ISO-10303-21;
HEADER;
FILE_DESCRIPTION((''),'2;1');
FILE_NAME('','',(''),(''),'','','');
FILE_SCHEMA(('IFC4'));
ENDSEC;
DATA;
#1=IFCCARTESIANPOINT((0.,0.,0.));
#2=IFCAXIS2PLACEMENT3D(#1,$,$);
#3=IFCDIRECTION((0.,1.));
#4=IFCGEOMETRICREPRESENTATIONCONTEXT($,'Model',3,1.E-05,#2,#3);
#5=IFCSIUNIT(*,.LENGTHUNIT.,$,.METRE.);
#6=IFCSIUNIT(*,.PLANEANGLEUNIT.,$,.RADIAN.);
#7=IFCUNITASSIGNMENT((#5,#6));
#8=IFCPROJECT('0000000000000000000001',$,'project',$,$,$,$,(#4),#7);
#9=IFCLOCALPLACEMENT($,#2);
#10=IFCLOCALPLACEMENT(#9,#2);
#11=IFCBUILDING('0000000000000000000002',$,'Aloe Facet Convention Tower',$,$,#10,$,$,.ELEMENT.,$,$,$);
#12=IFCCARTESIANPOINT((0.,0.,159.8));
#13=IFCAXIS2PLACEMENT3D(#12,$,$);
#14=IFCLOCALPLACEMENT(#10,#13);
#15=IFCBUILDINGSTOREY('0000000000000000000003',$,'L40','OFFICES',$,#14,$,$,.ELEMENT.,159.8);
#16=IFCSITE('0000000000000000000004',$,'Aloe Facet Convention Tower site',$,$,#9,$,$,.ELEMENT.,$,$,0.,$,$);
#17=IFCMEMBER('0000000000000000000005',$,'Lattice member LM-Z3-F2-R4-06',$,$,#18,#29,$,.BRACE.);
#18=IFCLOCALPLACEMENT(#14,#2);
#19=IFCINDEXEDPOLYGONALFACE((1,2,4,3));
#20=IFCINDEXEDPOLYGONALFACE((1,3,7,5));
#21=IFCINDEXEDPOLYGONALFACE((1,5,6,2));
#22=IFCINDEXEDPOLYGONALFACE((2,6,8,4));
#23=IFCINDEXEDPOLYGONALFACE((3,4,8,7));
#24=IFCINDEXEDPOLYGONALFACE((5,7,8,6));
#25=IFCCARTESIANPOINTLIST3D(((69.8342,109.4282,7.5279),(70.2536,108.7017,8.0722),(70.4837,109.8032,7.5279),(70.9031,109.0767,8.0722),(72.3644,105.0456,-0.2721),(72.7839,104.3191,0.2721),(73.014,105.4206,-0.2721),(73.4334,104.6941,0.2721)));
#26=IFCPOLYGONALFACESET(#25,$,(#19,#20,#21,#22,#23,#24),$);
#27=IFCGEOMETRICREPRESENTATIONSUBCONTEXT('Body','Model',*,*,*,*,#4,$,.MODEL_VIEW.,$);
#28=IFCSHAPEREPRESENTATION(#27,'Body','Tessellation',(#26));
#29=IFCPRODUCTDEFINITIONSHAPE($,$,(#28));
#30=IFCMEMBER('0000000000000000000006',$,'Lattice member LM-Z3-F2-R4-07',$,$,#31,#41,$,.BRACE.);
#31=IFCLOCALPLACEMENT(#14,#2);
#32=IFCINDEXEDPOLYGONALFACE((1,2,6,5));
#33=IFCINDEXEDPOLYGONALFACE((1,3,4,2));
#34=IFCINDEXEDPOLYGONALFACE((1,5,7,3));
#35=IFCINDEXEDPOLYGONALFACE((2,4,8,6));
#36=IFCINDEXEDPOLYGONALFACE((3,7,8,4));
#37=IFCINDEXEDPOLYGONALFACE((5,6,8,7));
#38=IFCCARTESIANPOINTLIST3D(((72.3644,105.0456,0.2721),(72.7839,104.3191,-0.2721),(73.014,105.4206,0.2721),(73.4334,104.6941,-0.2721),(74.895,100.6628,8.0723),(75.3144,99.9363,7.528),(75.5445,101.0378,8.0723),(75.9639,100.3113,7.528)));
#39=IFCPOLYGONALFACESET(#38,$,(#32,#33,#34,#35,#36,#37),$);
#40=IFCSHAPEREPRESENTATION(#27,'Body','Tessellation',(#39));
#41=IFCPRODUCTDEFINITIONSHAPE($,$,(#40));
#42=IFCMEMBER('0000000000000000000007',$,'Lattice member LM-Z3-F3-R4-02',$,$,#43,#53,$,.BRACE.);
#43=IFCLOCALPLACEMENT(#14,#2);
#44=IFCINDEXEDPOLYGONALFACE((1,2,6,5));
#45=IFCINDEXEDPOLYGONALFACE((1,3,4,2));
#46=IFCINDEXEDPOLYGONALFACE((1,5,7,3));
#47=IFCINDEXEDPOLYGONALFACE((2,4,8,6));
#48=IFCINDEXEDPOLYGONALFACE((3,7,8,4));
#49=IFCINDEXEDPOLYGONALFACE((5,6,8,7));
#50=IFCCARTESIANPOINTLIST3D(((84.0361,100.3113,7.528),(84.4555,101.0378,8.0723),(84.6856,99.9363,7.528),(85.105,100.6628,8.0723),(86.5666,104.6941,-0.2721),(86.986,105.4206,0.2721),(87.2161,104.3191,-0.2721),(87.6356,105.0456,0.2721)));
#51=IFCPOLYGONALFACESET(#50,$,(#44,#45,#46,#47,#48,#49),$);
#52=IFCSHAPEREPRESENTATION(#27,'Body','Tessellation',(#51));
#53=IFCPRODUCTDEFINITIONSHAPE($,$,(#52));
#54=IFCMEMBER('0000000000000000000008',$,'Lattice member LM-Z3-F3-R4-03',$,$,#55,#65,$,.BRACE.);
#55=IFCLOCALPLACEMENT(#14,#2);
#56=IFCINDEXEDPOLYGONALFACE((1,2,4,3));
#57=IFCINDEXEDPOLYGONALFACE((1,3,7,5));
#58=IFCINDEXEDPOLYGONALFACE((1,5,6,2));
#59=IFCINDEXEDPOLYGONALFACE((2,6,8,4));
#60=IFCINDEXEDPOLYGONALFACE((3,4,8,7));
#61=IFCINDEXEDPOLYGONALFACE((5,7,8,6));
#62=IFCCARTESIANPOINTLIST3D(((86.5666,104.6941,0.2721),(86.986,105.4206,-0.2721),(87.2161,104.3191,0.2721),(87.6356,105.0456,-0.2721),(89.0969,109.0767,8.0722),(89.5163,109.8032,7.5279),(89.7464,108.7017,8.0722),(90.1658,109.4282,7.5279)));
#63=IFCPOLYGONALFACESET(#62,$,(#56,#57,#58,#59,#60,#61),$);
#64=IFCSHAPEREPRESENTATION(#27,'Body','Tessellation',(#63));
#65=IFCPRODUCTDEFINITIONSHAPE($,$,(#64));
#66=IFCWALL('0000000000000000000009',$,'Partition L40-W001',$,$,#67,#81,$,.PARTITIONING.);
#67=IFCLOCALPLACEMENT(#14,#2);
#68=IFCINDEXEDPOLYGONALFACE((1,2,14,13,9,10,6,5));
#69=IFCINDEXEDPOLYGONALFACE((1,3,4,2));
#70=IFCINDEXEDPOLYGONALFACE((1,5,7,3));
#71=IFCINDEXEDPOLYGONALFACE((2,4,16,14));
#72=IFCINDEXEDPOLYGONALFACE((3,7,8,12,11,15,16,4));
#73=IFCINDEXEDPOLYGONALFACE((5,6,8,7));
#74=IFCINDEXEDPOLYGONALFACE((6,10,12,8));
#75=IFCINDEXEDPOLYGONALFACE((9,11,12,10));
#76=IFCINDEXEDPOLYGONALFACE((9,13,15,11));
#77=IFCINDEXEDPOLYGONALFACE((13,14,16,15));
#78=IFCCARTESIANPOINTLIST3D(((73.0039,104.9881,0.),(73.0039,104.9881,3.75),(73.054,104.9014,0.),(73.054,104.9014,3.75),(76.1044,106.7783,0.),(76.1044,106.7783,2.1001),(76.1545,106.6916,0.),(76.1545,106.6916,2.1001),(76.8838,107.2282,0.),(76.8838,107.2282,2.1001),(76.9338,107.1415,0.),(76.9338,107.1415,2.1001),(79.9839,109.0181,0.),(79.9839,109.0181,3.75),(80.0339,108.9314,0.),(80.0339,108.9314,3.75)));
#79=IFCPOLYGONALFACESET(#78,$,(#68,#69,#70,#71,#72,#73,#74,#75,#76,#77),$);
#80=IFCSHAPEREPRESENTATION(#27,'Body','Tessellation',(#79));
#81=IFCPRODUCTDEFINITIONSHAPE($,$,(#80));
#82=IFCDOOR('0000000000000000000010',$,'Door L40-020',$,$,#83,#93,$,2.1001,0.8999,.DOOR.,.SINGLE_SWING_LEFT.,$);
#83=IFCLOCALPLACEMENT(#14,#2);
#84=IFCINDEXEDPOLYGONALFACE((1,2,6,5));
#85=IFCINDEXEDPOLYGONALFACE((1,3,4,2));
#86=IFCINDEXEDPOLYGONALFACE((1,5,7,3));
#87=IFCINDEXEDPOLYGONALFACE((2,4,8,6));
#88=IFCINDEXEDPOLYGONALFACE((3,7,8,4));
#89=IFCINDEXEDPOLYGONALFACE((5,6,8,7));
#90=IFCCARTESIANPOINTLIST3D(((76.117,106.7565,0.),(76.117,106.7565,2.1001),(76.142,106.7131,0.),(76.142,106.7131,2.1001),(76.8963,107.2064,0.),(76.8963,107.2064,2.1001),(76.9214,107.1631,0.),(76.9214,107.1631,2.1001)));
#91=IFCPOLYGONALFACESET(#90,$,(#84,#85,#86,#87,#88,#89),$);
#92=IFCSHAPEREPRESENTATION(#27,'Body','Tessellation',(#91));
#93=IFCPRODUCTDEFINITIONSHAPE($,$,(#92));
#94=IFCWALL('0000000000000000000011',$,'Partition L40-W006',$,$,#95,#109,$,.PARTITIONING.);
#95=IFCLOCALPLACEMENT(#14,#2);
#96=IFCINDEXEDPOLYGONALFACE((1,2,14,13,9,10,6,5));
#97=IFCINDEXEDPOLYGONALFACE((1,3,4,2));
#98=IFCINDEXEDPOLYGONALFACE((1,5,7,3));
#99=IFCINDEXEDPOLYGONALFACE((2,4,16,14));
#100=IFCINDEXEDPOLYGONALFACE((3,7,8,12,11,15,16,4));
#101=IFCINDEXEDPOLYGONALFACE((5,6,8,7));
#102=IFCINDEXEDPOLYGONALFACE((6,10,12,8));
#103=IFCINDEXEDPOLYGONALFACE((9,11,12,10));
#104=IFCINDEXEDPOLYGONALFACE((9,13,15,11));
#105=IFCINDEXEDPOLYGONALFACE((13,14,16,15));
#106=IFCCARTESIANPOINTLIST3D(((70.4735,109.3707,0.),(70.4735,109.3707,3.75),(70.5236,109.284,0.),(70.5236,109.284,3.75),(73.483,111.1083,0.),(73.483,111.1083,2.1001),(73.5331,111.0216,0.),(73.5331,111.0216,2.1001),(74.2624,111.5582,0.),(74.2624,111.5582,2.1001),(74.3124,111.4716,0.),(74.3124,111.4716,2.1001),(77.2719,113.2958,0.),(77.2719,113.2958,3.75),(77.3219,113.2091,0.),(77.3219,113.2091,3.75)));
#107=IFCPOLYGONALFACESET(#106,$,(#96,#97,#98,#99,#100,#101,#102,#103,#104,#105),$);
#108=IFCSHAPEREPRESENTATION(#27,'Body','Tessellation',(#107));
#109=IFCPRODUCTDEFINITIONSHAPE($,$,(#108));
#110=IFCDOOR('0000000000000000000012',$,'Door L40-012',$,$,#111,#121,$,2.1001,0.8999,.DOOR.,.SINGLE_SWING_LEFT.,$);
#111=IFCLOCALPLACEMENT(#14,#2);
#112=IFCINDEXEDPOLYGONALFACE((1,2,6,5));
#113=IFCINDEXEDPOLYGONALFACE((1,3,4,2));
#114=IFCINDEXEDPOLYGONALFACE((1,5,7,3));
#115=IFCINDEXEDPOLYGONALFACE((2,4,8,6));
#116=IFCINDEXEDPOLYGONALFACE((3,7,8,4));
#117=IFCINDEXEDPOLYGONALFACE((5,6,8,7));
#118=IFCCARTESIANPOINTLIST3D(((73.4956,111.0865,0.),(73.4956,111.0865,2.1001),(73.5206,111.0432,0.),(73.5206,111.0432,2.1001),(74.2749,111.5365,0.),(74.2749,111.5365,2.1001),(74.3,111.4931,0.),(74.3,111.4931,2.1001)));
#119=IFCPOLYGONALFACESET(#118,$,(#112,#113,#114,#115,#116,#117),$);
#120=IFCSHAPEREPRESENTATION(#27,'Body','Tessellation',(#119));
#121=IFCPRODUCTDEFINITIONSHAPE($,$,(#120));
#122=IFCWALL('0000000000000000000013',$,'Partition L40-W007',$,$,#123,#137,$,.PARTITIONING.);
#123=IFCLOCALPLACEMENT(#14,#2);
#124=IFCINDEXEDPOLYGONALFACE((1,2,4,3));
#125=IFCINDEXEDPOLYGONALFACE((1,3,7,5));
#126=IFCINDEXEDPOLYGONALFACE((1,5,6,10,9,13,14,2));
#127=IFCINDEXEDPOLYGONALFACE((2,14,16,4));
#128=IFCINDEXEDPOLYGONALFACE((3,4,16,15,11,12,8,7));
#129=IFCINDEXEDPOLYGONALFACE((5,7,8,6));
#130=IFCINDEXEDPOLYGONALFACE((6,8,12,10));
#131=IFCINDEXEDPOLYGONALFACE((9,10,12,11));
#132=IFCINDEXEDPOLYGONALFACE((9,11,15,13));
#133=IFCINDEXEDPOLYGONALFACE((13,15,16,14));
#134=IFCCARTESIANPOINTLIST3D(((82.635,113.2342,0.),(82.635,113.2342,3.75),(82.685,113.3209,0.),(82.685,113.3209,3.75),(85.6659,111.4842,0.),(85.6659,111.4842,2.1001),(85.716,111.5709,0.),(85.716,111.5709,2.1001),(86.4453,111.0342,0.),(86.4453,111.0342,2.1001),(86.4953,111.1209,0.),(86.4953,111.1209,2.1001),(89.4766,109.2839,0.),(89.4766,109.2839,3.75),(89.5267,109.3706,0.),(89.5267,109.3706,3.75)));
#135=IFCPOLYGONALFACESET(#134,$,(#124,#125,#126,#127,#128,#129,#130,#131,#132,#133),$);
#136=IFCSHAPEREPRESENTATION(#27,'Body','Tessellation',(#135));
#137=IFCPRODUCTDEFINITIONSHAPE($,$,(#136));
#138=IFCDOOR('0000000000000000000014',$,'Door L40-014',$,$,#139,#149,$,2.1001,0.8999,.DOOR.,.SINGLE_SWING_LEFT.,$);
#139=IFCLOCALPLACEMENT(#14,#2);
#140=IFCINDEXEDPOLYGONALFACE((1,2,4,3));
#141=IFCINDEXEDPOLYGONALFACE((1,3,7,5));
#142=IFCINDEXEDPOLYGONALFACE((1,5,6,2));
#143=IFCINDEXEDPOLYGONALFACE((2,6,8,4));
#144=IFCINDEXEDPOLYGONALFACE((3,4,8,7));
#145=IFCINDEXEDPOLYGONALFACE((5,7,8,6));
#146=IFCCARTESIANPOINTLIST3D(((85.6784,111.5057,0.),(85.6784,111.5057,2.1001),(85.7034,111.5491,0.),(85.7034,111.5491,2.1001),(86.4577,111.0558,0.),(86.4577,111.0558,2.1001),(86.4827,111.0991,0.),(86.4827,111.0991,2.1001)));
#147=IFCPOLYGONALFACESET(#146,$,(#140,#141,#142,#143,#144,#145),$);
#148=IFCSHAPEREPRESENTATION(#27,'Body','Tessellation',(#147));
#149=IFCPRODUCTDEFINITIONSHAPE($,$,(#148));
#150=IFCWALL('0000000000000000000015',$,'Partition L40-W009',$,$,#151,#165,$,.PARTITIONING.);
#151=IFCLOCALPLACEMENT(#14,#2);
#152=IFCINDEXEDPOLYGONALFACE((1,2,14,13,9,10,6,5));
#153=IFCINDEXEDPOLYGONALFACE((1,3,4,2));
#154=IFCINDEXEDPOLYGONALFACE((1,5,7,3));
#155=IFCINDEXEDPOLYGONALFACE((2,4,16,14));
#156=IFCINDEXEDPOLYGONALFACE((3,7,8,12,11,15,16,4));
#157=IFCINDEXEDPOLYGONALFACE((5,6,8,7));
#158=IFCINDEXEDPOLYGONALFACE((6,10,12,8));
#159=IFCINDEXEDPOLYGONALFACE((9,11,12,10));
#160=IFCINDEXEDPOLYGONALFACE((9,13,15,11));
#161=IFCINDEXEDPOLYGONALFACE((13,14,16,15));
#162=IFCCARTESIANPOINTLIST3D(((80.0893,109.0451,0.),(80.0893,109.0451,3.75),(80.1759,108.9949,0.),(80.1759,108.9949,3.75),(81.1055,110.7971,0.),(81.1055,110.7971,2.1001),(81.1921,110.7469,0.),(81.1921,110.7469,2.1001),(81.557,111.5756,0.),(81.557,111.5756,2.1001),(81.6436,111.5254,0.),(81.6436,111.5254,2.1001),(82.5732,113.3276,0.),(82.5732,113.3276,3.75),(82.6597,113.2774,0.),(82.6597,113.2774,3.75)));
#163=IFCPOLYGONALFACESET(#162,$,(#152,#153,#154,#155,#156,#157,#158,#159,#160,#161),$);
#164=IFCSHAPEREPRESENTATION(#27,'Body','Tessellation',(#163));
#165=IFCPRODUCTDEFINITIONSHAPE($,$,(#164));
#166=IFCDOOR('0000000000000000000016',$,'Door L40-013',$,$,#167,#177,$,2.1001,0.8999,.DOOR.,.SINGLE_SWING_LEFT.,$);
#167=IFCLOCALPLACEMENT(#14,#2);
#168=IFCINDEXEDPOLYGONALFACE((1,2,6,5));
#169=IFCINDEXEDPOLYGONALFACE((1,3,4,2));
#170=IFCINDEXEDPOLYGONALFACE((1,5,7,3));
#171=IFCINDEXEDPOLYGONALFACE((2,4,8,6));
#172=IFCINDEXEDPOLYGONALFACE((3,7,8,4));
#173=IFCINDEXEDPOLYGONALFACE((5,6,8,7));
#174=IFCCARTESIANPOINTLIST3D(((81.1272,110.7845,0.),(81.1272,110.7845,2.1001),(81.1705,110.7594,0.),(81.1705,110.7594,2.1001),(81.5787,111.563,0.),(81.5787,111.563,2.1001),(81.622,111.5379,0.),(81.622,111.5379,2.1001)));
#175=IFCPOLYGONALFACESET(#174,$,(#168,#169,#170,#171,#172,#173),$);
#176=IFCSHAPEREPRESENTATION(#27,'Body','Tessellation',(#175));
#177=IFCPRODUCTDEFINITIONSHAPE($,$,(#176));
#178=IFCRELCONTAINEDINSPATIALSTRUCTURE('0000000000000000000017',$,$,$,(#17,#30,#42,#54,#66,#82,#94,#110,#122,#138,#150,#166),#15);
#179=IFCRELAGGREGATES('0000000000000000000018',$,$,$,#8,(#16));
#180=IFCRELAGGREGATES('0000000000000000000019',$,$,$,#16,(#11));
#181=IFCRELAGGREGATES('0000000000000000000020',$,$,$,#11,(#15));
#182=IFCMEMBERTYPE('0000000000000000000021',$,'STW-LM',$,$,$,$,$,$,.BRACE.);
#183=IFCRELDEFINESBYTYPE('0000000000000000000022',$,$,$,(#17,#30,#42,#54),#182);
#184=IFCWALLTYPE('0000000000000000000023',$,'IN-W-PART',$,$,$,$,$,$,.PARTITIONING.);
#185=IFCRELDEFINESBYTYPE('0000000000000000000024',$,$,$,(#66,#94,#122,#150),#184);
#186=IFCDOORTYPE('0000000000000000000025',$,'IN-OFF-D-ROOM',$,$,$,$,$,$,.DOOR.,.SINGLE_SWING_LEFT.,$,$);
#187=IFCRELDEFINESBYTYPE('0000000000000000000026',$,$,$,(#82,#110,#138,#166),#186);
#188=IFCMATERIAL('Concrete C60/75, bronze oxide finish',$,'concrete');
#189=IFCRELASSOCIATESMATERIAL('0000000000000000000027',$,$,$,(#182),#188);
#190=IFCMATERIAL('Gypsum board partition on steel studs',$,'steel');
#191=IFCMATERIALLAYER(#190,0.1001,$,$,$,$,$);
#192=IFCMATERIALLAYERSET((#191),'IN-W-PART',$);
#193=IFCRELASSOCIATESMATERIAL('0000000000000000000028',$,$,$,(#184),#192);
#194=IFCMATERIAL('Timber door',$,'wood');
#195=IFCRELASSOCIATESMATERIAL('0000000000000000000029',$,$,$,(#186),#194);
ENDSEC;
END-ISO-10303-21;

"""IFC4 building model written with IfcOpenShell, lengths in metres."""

from ifc_helpers import new_model, si_unit, direction, frame, frame_2d, origin, origin_2d, place, context, subcontext, project, spatial, rectangle, extrude, material, layer, layer_set, material_profile, profile_set, type_object, element, fill, save


model = new_model("IFC4")

# Units and contexts
model_context = context("Model", 3, precision=1e-05, world=origin(), true_north=direction((0.0, 1.0)))
body_context = subcontext(model_context, "Body", "Model", "MODEL_VIEW")
ifc_project = project(units=[si_unit("LENGTHUNIT", "METRE"), si_unit("PLANEANGLEUNIT", "RADIAN")], contexts=[model_context])

# Site, building, storey
site_placement = place(None, origin())
site = spatial("IfcSite", under=ifc_project, at=site_placement, Name="Aloe Facet Convention Tower site", CompositionType="ELEMENT", RefElevation=0.0)
building_placement = place(site_placement, origin())
building = spatial("IfcBuilding", under=site, at=building_placement, Name="Aloe Facet Convention Tower", CompositionType="ELEMENT")
storey_placement = place(building_placement, frame((0.0, 0.0, 159.8)))
storey = spatial("IfcBuildingStorey", under=building, at=storey_placement, Name="L40", Description="OFFICES", CompositionType="ELEMENT", Elevation=159.8)

# Members
ifc_material_1 = material(Name="Concrete C60/75, bronze oxide finish", Category="concrete")
ifc_material_profile_1 = material_profile(ifc_material_1, rectangle(XDim=0.75, YDim=1.0, at=origin_2d()), Name="STW-LM")
ifc_profile_set_1 = profile_set([ifc_material_profile_1], Name="Concrete C60/75, bronze oxide finish")
member_type = type_object("IfcMemberType", Name="STW-LM", PredefinedType="BRACE", material=ifc_profile_set_1)
member_1_placement = place(storey_placement, frame((72.8989, 104.8699, 0.0), z_axis=(-0.272135, 0.471353, 0.838909), x_axis=(-0.866026, -0.499999, 0.0)))
element("IfcMember", 1, at=member_1_placement, inside=storey, type_object=member_type, Name="Lattice member LM-Z3-F2-R4-06", PredefinedType="BRACE", context=body_context, shape_type="SweptSolid", body=[
    extrude(rectangle(XDim=0.75, YDim=1.0, at=origin_2d()), origin(), (0.0, 0.0, 1.0), 9.2979),
])
for number, where, z_axis, x_axis, name in (
    (2, (72.8989, 104.8699, 0.0), (0.272156, -0.47137, 0.838893), (0.866017, 0.500015, 0.0), "Lattice member LM-Z3-F2-R4-07"),
    (3, (87.1011, 104.8699, 0.0), (-0.272156, -0.47137, 0.838893), (0.866017, -0.500015, 0.0), "Lattice member LM-Z3-F3-R4-02"),
):
    element("IfcMember", number, at=place(storey_placement, frame(where, z_axis=z_axis, x_axis=x_axis)), inside=storey, type_object=member_type, Name=name, PredefinedType="BRACE", context=body_context, shape_type="SweptSolid", body=[
        extrude(rectangle(XDim=0.75, YDim=1.0, at=origin_2d()), origin(), (0.0, 0.0, 1.0), 9.2981),
    ])
member_2_placement = place(storey_placement, frame((87.1011, 104.8699, 0.0), z_axis=(0.272135, 0.471353, 0.838909), x_axis=(-0.866026, 0.499999, 0.0)))
element("IfcMember", 4, at=member_2_placement, inside=storey, type_object=member_type, Name="Lattice member LM-Z3-F3-R4-03", PredefinedType="BRACE", context=body_context, shape_type="SweptSolid", body=[
    extrude(rectangle(XDim=0.75, YDim=1.0, at=origin_2d()), origin(), (0.0, 0.0, 1.0), 9.2979),
])

# Walls, openings, doors
ifc_material_2 = material(Name="Gypsum board partition on steel studs", Category="steel")
ifc_layer_1 = layer(ifc_material_2, 0.1001)
ifc_layer_set_1 = layer_set([ifc_layer_1], Name="IN-W-PART")
wall_type_1 = type_object("IfcWallType", Name="IN-W-PART", PredefinedType="PARTITIONING", material=ifc_layer_set_1)
wall_1_placement = place(storey_placement, frame((73.0291, 104.9448, 0.0), z_axis=(0.0, 0.0, 1.0), x_axis=(0.866018, 0.500013, 0.0)))
wall_1 = element("IfcWall", 5, at=wall_1_placement, inside=storey, type_object=wall_type_1, Name="Partition L40-W001", PredefinedType="PARTITIONING", context=body_context, shape_type="SweptSolid", body=[
    extrude(rectangle(XDim=8.0598, YDim=0.1001, at=frame_2d((4.0298, 0.0))), origin(), (0.0, 0.0, 1.0), 3.75),
])
opening_1_placement = place(wall_1_placement, frame((3.5801, 0.0, 0.0)))
opening_1 = element("IfcOpeningElement", 6, at=opening_1_placement, cuts=wall_1, PredefinedType="OPENING", context=body_context, shape_type="SweptSolid", body=[
    extrude(rectangle(XDim=0.8999, YDim=2.1001, at=frame_2d((0.45, 1.05))), frame((0.0, 0.0601, 0.0), z_axis=(0.0, -1.0, 0.0), x_axis=(1.0, 0.0, 0.0)), (0.0, 0.0, 1.0), 0.1201),
])
ifc_material_3 = material(Name="Timber door", Category="wood")
door_type = type_object("IfcDoorType", Name="IN-OFF-D-ROOM", OperationType="SINGLE_SWING_LEFT", PredefinedType="DOOR", material=ifc_material_3)
door_1_placement = place(opening_1_placement, origin())
door_1 = element("IfcDoor", 7, at=door_1_placement, inside=storey, type_object=door_type, Name="Door L40-020", OperationType="SINGLE_SWING_LEFT", OverallHeight=2.1001, OverallWidth=0.8999, PredefinedType="DOOR", context=body_context, shape_type="SweptSolid", body=[
    extrude(rectangle(XDim=0.8999, YDim=2.1001, at=frame_2d((0.45, 1.05))), frame((0.0, 0.0249, 0.0), z_axis=(0.0, -1.0, 0.0), x_axis=(1.0, 0.0, 0.0)), (0.0, 0.0, 1.0), 0.05),
])
fill(opening_1, door_1)
wall_2_placement = place(storey_placement, frame((70.4985, 109.3274, 0.0), z_axis=(0.0, 0.0, 1.0), x_axis=(0.866024, 0.500002, 0.0)))
wall_2 = element("IfcWall", 8, at=wall_2_placement, inside=storey, type_object=wall_type_1, Name="Partition L40-W006", PredefinedType="PARTITIONING", context=body_context, shape_type="SweptSolid", body=[
    extrude(rectangle(XDim=7.8501, YDim=0.1001, at=frame_2d((3.925, 0.0))), origin(), (0.0, 0.0, 1.0), 3.75),
])
opening_2_placement = place(wall_2_placement, frame((3.4751, 0.0, 0.0)))
opening_2 = element("IfcOpeningElement", 9, at=opening_2_placement, cuts=wall_2, PredefinedType="OPENING", context=body_context, shape_type="SweptSolid", body=[
    extrude(rectangle(XDim=0.8999, YDim=2.1001, at=frame_2d((0.45, 1.05))), frame((0.0, 0.0601, 0.0), z_axis=(0.0, -1.0, 0.0), x_axis=(1.0, 0.0, 0.0)), (0.0, 0.0, 1.0), 0.1201),
])
door_2_placement = place(opening_2_placement, origin())
door_2 = element("IfcDoor", 10, at=door_2_placement, inside=storey, type_object=door_type, Name="Door L40-012", OperationType="SINGLE_SWING_LEFT", OverallHeight=2.1001, OverallWidth=0.8999, PredefinedType="DOOR", context=body_context, shape_type="SweptSolid", body=[
    extrude(rectangle(XDim=0.8999, YDim=2.1001, at=frame_2d((0.45, 1.05))), frame((0.0, 0.0249, 0.0), z_axis=(0.0, -1.0, 0.0), x_axis=(1.0, 0.0, 0.0)), (0.0, 0.0, 1.0), 0.05),
])
fill(opening_2, door_2)
wall_3_placement = place(storey_placement, frame((82.6599, 113.2776, 0.0), z_axis=(0.0, 0.0, 1.0), x_axis=(0.866013, -0.500021, 0.0)))
wall_3 = element("IfcWall", 11, at=wall_3_placement, inside=storey, type_object=wall_type_1, Name="Partition L40-W007", PredefinedType="PARTITIONING", context=body_context, shape_type="SweptSolid", body=[
    extrude(rectangle(XDim=7.9001, YDim=0.1001, at=frame_2d((3.9502, 0.0))), origin(), (0.0, 0.0, 1.0), 3.75),
])
opening_3_placement = place(wall_3_placement, frame((3.5, 0.0, 0.0)))
opening_3 = element("IfcOpeningElement", 12, at=opening_3_placement, cuts=wall_3, PredefinedType="OPENING", context=body_context, shape_type="SweptSolid", body=[
    extrude(rectangle(XDim=0.8999, YDim=2.1001, at=frame_2d((0.45, 1.05))), frame((0.0, 0.0601, 0.0), z_axis=(0.0, -1.0, 0.0), x_axis=(1.0, 0.0, 0.0)), (0.0, 0.0, 1.0), 0.1201),
])
door_3_placement = place(opening_3_placement, origin())
door_3 = element("IfcDoor", 13, at=door_3_placement, inside=storey, type_object=door_type, Name="Door L40-014", OperationType="SINGLE_SWING_LEFT", OverallHeight=2.1001, OverallWidth=0.8999, PredefinedType="DOOR", context=body_context, shape_type="SweptSolid", body=[
    extrude(rectangle(XDim=0.8999, YDim=2.1001, at=frame_2d((0.45, 1.05))), frame((0.0, 0.0249, 0.0), z_axis=(0.0, -1.0, 0.0), x_axis=(1.0, 0.0, 0.0)), (0.0, 0.0, 1.0), 0.05),
])
fill(opening_3, door_3)
wall_4_placement = place(storey_placement, frame((80.1326, 109.02, 0.0), z_axis=(0.0, 0.0, 1.0), x_axis=(0.501726, 0.865026, 0.0)))
wall_4 = element("IfcWall", 14, at=wall_4_placement, inside=storey, type_object=wall_type_1, Name="Partition L40-W009", PredefinedType="PARTITIONING", context=body_context, shape_type="SweptSolid", body=[
    extrude(rectangle(XDim=4.9507, YDim=0.1001, at=frame_2d((2.4753, 0.0))), origin(), (0.0, 0.0, 1.0), 3.75),
])
opening_4_placement = place(wall_4_placement, frame((2.0254, 0.0, 0.0)))
opening_4 = element("IfcOpeningElement", 15, at=opening_4_placement, cuts=wall_4, PredefinedType="OPENING", context=body_context, shape_type="SweptSolid", body=[
    extrude(rectangle(XDim=0.8999, YDim=2.1001, at=frame_2d((0.45, 1.05))), frame((0.0, 0.0601, 0.0), z_axis=(0.0, -1.0, 0.0), x_axis=(1.0, 0.0, 0.0)), (0.0, 0.0, 1.0), 0.1201),
])
door_4_placement = place(opening_4_placement, origin())
door_4 = element("IfcDoor", 16, at=door_4_placement, inside=storey, type_object=door_type, Name="Door L40-013", OperationType="SINGLE_SWING_LEFT", OverallHeight=2.1001, OverallWidth=0.8999, PredefinedType="DOOR", context=body_context, shape_type="SweptSolid", body=[
    extrude(rectangle(XDim=0.8999, YDim=2.1001, at=frame_2d((0.45, 1.05))), frame((0.0, 0.0249, 0.0), z_axis=(0.0, -1.0, 0.0), x_axis=(1.0, 0.0, 0.0)), (0.0, 0.0, 1.0), 0.05),
])
fill(opening_4, door_4)

save(model, "model.ifc")
